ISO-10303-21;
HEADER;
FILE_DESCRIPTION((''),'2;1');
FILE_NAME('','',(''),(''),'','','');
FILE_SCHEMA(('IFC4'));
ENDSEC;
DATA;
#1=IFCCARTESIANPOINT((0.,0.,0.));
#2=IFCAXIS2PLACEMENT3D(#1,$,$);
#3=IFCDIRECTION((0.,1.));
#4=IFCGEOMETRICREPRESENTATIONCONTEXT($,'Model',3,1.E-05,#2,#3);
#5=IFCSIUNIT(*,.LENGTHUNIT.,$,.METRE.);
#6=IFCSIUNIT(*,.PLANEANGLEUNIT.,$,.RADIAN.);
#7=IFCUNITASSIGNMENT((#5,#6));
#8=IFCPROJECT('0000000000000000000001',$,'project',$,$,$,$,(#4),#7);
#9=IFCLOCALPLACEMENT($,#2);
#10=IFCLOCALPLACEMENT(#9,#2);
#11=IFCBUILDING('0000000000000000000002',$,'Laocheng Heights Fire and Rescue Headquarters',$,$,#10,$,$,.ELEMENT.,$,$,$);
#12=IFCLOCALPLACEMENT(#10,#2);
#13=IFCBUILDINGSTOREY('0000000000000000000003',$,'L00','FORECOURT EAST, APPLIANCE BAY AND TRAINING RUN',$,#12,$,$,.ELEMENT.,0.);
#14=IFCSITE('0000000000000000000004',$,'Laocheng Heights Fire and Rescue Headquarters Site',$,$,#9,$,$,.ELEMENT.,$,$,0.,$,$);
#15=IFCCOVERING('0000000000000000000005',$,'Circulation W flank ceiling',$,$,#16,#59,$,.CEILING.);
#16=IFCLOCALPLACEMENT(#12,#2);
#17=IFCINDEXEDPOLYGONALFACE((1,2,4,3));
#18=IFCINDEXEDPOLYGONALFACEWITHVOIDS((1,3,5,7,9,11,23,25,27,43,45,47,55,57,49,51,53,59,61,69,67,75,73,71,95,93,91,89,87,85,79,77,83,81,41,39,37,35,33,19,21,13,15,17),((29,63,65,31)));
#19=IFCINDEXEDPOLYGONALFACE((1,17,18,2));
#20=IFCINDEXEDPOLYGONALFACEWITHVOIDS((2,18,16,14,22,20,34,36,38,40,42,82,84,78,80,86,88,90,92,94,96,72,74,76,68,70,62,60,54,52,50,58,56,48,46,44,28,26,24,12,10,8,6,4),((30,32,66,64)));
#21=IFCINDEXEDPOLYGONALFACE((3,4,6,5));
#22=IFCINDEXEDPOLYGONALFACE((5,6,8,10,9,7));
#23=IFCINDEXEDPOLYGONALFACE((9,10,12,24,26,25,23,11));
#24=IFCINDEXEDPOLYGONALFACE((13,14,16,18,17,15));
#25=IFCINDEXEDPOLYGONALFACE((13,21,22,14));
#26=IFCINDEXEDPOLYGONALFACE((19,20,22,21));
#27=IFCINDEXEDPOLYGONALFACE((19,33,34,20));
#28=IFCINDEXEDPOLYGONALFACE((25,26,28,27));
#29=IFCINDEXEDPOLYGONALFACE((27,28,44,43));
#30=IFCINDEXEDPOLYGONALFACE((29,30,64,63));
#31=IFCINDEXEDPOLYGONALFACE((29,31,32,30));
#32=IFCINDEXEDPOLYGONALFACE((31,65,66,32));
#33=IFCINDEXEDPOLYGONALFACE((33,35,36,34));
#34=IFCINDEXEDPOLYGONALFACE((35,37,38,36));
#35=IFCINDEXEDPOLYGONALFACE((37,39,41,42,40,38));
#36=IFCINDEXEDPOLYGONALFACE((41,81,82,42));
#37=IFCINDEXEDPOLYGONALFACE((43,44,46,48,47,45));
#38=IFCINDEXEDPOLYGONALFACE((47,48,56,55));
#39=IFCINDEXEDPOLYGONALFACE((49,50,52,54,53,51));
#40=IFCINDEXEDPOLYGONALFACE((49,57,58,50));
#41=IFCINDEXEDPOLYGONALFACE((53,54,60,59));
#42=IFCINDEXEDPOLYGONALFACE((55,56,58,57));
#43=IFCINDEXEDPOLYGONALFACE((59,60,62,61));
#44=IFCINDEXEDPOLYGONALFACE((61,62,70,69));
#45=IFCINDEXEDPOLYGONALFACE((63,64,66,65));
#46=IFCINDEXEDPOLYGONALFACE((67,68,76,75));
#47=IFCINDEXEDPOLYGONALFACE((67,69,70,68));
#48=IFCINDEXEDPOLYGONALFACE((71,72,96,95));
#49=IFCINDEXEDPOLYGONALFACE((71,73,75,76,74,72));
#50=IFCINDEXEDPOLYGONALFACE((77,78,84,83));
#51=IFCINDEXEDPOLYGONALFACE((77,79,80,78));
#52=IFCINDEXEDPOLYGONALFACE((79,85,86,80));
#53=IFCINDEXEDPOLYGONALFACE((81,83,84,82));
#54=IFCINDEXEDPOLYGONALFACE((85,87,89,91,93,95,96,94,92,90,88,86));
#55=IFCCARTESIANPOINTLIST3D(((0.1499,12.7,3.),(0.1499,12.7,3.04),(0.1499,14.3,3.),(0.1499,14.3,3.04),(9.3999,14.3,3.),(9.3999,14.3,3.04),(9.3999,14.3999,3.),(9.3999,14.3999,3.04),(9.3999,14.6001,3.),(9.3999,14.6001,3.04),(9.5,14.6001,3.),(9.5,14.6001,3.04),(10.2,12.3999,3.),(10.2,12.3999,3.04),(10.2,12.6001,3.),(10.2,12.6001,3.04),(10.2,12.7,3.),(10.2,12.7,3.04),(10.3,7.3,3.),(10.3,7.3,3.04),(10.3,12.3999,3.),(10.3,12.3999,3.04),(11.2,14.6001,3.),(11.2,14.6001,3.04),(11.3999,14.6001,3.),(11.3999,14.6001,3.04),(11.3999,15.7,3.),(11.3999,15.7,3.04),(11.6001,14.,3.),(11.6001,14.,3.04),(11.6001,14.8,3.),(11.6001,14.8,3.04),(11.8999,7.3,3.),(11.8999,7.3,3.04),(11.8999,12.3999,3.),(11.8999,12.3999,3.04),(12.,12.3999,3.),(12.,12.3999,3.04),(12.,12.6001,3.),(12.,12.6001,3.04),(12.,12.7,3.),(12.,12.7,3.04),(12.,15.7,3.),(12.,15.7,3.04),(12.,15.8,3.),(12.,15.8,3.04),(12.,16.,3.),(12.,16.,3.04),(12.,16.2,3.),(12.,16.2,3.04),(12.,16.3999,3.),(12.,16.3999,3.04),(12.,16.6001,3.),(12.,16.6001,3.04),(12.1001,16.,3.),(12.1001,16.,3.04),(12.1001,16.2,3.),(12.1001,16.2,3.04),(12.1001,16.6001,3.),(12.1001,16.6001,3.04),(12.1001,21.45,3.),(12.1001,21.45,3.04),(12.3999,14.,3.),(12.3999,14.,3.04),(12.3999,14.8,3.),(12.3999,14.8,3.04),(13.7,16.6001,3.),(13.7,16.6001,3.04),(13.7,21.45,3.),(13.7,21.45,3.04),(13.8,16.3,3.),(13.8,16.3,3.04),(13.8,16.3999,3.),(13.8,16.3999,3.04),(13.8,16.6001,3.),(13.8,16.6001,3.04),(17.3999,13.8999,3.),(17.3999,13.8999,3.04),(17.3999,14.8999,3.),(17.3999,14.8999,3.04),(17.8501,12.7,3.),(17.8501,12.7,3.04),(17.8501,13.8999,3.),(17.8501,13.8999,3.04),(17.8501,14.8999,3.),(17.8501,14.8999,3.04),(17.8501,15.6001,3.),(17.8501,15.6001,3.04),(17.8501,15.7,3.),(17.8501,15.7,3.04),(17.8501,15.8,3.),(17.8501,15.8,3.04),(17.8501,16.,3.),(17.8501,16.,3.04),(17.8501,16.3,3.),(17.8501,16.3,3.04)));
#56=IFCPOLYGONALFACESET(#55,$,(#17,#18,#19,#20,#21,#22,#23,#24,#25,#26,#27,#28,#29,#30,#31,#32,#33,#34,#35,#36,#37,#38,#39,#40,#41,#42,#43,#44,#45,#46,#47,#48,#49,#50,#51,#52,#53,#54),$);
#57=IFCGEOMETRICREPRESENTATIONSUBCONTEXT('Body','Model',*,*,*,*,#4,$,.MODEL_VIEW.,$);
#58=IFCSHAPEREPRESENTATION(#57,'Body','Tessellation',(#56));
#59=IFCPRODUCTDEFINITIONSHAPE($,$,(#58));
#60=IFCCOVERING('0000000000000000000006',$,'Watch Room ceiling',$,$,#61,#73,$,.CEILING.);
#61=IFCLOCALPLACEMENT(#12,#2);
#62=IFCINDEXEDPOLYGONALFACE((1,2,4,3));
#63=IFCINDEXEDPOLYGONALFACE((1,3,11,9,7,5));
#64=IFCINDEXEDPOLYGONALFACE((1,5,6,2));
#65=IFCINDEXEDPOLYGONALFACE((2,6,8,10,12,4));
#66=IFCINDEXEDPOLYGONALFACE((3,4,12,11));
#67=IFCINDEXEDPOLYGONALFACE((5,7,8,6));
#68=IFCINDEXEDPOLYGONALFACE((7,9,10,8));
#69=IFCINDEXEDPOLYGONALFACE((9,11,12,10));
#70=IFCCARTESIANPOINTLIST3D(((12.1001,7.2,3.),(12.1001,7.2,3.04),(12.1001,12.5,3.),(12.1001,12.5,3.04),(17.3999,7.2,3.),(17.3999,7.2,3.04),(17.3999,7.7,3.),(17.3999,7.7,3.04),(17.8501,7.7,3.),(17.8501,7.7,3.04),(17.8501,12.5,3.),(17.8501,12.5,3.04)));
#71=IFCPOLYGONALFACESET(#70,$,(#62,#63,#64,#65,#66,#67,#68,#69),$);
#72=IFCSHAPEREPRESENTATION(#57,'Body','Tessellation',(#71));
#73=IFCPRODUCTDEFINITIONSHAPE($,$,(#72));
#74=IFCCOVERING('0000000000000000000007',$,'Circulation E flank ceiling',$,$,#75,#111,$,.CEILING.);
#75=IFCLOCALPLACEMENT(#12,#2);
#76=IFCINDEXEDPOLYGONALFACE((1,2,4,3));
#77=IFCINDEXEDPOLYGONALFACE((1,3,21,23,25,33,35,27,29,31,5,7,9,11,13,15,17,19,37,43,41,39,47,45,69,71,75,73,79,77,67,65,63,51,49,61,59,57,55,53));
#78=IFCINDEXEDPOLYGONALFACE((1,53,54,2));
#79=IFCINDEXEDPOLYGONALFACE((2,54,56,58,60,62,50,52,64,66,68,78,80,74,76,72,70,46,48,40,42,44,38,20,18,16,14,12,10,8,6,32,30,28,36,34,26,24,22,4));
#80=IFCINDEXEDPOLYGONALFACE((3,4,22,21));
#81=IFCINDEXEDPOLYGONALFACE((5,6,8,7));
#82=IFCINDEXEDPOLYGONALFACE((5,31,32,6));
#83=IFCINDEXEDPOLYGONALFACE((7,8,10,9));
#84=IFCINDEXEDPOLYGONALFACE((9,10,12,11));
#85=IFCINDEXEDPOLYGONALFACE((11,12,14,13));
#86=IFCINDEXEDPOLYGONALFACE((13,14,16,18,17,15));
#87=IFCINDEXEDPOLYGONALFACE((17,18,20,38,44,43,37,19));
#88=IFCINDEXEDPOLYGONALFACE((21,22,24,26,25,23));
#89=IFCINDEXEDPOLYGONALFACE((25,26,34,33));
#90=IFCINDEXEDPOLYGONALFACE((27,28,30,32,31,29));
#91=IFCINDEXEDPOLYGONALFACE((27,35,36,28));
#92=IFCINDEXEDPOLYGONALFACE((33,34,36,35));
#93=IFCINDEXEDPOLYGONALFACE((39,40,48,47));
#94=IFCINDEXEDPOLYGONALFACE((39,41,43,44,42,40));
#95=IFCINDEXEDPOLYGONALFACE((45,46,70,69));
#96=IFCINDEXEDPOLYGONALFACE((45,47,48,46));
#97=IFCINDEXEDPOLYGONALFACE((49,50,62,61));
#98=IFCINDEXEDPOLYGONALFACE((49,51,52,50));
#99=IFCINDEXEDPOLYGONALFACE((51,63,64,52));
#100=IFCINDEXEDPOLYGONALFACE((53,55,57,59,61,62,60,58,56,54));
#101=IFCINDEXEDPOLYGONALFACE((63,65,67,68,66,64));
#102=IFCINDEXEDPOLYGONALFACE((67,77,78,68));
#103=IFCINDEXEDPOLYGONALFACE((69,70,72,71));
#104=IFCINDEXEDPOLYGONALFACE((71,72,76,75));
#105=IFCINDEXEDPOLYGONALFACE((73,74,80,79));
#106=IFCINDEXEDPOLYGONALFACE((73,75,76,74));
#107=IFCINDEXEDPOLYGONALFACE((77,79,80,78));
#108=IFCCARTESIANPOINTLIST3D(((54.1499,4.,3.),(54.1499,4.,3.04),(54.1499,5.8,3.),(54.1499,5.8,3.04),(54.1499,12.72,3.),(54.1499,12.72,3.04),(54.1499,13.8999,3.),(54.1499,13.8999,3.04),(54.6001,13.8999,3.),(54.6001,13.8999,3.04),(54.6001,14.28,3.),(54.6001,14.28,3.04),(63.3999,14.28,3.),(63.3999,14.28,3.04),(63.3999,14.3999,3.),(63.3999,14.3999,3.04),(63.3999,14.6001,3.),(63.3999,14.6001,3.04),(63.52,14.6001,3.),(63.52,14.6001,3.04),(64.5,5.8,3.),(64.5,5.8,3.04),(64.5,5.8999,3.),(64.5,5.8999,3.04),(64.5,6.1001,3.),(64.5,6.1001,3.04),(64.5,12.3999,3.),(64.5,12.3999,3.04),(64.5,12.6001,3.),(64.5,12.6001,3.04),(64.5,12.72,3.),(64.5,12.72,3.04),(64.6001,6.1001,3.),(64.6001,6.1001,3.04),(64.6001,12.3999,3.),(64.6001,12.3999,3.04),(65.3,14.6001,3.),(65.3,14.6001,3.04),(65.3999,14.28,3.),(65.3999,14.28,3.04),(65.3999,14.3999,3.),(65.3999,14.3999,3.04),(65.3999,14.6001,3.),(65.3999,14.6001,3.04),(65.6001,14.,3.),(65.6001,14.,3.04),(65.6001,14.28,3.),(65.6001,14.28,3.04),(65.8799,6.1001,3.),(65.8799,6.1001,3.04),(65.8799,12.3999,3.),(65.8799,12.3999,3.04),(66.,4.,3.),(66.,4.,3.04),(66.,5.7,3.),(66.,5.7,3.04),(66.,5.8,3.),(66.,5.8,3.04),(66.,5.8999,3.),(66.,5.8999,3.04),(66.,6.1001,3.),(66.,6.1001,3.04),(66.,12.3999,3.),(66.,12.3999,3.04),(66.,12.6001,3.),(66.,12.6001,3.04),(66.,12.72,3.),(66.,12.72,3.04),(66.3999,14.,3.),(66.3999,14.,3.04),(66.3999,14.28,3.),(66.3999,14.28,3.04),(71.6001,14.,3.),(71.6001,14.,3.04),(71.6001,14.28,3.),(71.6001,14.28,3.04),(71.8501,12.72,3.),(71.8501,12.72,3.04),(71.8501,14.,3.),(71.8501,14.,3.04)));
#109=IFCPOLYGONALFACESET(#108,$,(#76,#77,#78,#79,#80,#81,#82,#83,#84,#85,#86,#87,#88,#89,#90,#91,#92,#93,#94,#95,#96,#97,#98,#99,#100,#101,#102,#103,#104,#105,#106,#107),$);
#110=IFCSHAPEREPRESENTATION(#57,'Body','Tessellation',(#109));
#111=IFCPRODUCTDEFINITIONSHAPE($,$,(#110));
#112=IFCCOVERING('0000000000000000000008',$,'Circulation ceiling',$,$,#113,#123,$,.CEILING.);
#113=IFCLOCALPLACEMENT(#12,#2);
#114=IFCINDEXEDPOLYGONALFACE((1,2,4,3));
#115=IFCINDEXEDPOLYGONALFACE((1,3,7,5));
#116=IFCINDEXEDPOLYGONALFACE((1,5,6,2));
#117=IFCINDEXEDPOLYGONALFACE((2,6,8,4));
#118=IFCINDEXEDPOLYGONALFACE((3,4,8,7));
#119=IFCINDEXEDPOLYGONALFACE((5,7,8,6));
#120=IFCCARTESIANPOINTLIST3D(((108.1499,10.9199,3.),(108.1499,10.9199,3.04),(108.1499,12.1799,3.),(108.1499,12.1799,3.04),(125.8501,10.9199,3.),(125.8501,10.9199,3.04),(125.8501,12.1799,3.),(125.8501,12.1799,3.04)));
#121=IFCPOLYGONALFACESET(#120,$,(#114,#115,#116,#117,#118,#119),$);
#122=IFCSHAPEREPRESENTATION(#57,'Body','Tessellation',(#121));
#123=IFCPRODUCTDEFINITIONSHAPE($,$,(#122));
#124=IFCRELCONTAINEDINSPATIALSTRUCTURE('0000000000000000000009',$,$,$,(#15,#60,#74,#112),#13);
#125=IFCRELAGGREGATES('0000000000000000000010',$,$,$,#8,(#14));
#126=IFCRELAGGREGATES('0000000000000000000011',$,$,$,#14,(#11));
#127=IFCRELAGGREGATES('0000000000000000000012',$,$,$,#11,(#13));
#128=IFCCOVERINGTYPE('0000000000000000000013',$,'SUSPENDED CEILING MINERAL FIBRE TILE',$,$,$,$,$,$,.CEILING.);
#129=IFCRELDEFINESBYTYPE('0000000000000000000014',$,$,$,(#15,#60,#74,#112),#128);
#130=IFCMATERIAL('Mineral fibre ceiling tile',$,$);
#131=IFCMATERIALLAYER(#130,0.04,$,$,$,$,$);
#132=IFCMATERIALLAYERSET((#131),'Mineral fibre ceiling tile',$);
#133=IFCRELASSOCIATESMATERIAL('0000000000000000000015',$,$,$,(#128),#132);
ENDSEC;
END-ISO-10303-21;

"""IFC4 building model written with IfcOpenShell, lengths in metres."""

from ifc_helpers import new_model, si_unit, direction, frame, origin, place, context, subcontext, project, spatial, polyline, outline, extrude, material, layer, layer_set, type_object, element, save


model = new_model("IFC4")

# Units and contexts
model_context = context("Model", 3, precision=1e-05, world=origin(), true_north=direction((0.0, 1.0)))
body_context = subcontext(model_context, "Body", "Model", "MODEL_VIEW")
ifc_project = project(units=[si_unit("LENGTHUNIT", "METRE"), si_unit("PLANEANGLEUNIT", "RADIAN")], contexts=[model_context])

# Site, building, storey
site_placement = place(None, origin())
site = spatial("IfcSite", under=ifc_project, at=site_placement, Name="Laocheng Heights Fire and Rescue Headquarters Site", CompositionType="ELEMENT", RefElevation=0.0)
building_placement = place(site_placement, origin())
building = spatial("IfcBuilding", under=site, at=building_placement, Name="Laocheng Heights Fire and Rescue Headquarters", CompositionType="ELEMENT")
storey_placement = place(building_placement, origin())
storey = spatial("IfcBuildingStorey", under=building, at=storey_placement, Name="L00", Description="FORECOURT EAST, APPLIANCE BAY AND TRAINING RUN", CompositionType="ELEMENT", Elevation=0.0)

# Coverings
ifc_material_1 = material(Name="Mineral fibre ceiling tile")
ifc_layer_1 = layer(ifc_material_1, 0.04)
ifc_layer_set_1 = layer_set([ifc_layer_1], Name="Mineral fibre ceiling tile")
covering_type = type_object("IfcCoveringType", Name="SUSPENDED CEILING MINERAL FIBRE TILE", PredefinedType="CEILING", material=ifc_layer_set_1)
covering_1_placement = place(storey_placement, frame((0.0, 0.0, 3.0)))
element("IfcCovering", 1, at=covering_1_placement, inside=storey, type_object=covering_type, Name="Circulation W flank ceiling", PredefinedType="CEILING", context=body_context, shape_type="SweptSolid", body=[
    extrude(outline(polyline([(10.2, 12.3999), (10.2, 12.6001), (10.2, 12.7), (0.1499, 12.7), (0.1499, 14.3), (9.3999, 14.3), (9.3999, 14.3999), (9.3999, 14.6001), (9.5, 14.6001), (11.2, 14.6001), (11.3999, 14.6001), (11.3999, 15.7), (12.0, 15.7), (12.0, 15.8), (12.0, 16.0), (12.1001, 16.0), (12.1001, 16.2), (12.0, 16.2), (12.0, 16.3999), (12.0, 16.6001), (12.1001, 16.6001), (12.1001, 21.45), (13.7, 21.45), (13.7, 16.6001), (13.8, 16.6001), (13.8, 16.3999), (13.8, 16.3), (17.8501, 16.3), (17.8501, 16.0), (17.8501, 15.8), (17.8501, 15.7), (17.8501, 15.6001), (17.8501, 14.8999), (17.3999, 14.8999), (17.3999, 13.8999), (17.8501, 13.8999), (17.8501, 12.7), (12.0, 12.7), (12.0, 12.6001), (12.0, 12.3999), (11.8999, 12.3999), (11.8999, 7.3), (10.3, 7.3), (10.3, 12.3999), (10.2, 12.3999)]), holes=[polyline([(11.6001, 14.0), (12.3999, 14.0), (12.3999, 14.8), (11.6001, 14.8), (11.6001, 14.0)])]), origin(), (0.0, 0.0, 1.0), 0.04),
])
covering_2_placement = place(storey_placement, frame((0.0, 0.0, 3.0)))
element("IfcCovering", 2, at=covering_2_placement, inside=storey, type_object=covering_type, Name="Watch Room ceiling", PredefinedType="CEILING", context=body_context, shape_type="SweptSolid", body=[
    extrude(outline(polyline([(12.1001, 7.2), (12.1001, 12.5), (17.8501, 12.5), (17.8501, 7.7), (17.3999, 7.7), (17.3999, 7.2), (12.1001, 7.2)])), origin(), (0.0, 0.0, 1.0), 0.04),
])
covering_3_placement = place(storey_placement, frame((0.0, 0.0, 3.0)))
element("IfcCovering", 3, at=covering_3_placement, inside=storey, type_object=covering_type, Name="Circulation E flank ceiling", PredefinedType="CEILING", context=body_context, shape_type="SweptSolid", body=[
    extrude(outline(polyline([(54.1499, 5.8), (64.5, 5.8), (64.5, 5.8999), (64.5, 6.1001), (64.6001, 6.1001), (64.6001, 12.3999), (64.5, 12.3999), (64.5, 12.6001), (64.5, 12.72), (54.1499, 12.72), (54.1499, 13.8999), (54.6001, 13.8999), (54.6001, 14.28), (63.3999, 14.28), (63.3999, 14.3999), (63.3999, 14.6001), (63.52, 14.6001), (65.3, 14.6001), (65.3999, 14.6001), (65.3999, 14.3999), (65.3999, 14.28), (65.6001, 14.28), (65.6001, 14.0), (66.3999, 14.0), (66.3999, 14.28), (71.6001, 14.28), (71.6001, 14.0), (71.8501, 14.0), (71.8501, 12.72), (66.0, 12.72), (66.0, 12.6001), (66.0, 12.3999), (65.8799, 12.3999), (65.8799, 6.1001), (66.0, 6.1001), (66.0, 5.8999), (66.0, 5.8), (66.0, 5.7), (66.0, 4.0), (54.1499, 4.0), (54.1499, 5.8)])), origin(), (0.0, 0.0, 1.0), 0.04),
])
covering_4_placement = place(storey_placement, frame((0.0, 0.0, 3.0)))
element("IfcCovering", 4, at=covering_4_placement, inside=storey, type_object=covering_type, Name="Circulation ceiling", PredefinedType="CEILING", context=body_context, shape_type="SweptSolid", body=[
    extrude(outline(polyline([(108.1499, 10.9199), (108.1499, 12.1799), (125.8501, 12.1799), (125.8501, 10.9199), (108.1499, 10.9199)])), origin(), (0.0, 0.0, 1.0), 0.04),
])

save(model, "model.ifc")
